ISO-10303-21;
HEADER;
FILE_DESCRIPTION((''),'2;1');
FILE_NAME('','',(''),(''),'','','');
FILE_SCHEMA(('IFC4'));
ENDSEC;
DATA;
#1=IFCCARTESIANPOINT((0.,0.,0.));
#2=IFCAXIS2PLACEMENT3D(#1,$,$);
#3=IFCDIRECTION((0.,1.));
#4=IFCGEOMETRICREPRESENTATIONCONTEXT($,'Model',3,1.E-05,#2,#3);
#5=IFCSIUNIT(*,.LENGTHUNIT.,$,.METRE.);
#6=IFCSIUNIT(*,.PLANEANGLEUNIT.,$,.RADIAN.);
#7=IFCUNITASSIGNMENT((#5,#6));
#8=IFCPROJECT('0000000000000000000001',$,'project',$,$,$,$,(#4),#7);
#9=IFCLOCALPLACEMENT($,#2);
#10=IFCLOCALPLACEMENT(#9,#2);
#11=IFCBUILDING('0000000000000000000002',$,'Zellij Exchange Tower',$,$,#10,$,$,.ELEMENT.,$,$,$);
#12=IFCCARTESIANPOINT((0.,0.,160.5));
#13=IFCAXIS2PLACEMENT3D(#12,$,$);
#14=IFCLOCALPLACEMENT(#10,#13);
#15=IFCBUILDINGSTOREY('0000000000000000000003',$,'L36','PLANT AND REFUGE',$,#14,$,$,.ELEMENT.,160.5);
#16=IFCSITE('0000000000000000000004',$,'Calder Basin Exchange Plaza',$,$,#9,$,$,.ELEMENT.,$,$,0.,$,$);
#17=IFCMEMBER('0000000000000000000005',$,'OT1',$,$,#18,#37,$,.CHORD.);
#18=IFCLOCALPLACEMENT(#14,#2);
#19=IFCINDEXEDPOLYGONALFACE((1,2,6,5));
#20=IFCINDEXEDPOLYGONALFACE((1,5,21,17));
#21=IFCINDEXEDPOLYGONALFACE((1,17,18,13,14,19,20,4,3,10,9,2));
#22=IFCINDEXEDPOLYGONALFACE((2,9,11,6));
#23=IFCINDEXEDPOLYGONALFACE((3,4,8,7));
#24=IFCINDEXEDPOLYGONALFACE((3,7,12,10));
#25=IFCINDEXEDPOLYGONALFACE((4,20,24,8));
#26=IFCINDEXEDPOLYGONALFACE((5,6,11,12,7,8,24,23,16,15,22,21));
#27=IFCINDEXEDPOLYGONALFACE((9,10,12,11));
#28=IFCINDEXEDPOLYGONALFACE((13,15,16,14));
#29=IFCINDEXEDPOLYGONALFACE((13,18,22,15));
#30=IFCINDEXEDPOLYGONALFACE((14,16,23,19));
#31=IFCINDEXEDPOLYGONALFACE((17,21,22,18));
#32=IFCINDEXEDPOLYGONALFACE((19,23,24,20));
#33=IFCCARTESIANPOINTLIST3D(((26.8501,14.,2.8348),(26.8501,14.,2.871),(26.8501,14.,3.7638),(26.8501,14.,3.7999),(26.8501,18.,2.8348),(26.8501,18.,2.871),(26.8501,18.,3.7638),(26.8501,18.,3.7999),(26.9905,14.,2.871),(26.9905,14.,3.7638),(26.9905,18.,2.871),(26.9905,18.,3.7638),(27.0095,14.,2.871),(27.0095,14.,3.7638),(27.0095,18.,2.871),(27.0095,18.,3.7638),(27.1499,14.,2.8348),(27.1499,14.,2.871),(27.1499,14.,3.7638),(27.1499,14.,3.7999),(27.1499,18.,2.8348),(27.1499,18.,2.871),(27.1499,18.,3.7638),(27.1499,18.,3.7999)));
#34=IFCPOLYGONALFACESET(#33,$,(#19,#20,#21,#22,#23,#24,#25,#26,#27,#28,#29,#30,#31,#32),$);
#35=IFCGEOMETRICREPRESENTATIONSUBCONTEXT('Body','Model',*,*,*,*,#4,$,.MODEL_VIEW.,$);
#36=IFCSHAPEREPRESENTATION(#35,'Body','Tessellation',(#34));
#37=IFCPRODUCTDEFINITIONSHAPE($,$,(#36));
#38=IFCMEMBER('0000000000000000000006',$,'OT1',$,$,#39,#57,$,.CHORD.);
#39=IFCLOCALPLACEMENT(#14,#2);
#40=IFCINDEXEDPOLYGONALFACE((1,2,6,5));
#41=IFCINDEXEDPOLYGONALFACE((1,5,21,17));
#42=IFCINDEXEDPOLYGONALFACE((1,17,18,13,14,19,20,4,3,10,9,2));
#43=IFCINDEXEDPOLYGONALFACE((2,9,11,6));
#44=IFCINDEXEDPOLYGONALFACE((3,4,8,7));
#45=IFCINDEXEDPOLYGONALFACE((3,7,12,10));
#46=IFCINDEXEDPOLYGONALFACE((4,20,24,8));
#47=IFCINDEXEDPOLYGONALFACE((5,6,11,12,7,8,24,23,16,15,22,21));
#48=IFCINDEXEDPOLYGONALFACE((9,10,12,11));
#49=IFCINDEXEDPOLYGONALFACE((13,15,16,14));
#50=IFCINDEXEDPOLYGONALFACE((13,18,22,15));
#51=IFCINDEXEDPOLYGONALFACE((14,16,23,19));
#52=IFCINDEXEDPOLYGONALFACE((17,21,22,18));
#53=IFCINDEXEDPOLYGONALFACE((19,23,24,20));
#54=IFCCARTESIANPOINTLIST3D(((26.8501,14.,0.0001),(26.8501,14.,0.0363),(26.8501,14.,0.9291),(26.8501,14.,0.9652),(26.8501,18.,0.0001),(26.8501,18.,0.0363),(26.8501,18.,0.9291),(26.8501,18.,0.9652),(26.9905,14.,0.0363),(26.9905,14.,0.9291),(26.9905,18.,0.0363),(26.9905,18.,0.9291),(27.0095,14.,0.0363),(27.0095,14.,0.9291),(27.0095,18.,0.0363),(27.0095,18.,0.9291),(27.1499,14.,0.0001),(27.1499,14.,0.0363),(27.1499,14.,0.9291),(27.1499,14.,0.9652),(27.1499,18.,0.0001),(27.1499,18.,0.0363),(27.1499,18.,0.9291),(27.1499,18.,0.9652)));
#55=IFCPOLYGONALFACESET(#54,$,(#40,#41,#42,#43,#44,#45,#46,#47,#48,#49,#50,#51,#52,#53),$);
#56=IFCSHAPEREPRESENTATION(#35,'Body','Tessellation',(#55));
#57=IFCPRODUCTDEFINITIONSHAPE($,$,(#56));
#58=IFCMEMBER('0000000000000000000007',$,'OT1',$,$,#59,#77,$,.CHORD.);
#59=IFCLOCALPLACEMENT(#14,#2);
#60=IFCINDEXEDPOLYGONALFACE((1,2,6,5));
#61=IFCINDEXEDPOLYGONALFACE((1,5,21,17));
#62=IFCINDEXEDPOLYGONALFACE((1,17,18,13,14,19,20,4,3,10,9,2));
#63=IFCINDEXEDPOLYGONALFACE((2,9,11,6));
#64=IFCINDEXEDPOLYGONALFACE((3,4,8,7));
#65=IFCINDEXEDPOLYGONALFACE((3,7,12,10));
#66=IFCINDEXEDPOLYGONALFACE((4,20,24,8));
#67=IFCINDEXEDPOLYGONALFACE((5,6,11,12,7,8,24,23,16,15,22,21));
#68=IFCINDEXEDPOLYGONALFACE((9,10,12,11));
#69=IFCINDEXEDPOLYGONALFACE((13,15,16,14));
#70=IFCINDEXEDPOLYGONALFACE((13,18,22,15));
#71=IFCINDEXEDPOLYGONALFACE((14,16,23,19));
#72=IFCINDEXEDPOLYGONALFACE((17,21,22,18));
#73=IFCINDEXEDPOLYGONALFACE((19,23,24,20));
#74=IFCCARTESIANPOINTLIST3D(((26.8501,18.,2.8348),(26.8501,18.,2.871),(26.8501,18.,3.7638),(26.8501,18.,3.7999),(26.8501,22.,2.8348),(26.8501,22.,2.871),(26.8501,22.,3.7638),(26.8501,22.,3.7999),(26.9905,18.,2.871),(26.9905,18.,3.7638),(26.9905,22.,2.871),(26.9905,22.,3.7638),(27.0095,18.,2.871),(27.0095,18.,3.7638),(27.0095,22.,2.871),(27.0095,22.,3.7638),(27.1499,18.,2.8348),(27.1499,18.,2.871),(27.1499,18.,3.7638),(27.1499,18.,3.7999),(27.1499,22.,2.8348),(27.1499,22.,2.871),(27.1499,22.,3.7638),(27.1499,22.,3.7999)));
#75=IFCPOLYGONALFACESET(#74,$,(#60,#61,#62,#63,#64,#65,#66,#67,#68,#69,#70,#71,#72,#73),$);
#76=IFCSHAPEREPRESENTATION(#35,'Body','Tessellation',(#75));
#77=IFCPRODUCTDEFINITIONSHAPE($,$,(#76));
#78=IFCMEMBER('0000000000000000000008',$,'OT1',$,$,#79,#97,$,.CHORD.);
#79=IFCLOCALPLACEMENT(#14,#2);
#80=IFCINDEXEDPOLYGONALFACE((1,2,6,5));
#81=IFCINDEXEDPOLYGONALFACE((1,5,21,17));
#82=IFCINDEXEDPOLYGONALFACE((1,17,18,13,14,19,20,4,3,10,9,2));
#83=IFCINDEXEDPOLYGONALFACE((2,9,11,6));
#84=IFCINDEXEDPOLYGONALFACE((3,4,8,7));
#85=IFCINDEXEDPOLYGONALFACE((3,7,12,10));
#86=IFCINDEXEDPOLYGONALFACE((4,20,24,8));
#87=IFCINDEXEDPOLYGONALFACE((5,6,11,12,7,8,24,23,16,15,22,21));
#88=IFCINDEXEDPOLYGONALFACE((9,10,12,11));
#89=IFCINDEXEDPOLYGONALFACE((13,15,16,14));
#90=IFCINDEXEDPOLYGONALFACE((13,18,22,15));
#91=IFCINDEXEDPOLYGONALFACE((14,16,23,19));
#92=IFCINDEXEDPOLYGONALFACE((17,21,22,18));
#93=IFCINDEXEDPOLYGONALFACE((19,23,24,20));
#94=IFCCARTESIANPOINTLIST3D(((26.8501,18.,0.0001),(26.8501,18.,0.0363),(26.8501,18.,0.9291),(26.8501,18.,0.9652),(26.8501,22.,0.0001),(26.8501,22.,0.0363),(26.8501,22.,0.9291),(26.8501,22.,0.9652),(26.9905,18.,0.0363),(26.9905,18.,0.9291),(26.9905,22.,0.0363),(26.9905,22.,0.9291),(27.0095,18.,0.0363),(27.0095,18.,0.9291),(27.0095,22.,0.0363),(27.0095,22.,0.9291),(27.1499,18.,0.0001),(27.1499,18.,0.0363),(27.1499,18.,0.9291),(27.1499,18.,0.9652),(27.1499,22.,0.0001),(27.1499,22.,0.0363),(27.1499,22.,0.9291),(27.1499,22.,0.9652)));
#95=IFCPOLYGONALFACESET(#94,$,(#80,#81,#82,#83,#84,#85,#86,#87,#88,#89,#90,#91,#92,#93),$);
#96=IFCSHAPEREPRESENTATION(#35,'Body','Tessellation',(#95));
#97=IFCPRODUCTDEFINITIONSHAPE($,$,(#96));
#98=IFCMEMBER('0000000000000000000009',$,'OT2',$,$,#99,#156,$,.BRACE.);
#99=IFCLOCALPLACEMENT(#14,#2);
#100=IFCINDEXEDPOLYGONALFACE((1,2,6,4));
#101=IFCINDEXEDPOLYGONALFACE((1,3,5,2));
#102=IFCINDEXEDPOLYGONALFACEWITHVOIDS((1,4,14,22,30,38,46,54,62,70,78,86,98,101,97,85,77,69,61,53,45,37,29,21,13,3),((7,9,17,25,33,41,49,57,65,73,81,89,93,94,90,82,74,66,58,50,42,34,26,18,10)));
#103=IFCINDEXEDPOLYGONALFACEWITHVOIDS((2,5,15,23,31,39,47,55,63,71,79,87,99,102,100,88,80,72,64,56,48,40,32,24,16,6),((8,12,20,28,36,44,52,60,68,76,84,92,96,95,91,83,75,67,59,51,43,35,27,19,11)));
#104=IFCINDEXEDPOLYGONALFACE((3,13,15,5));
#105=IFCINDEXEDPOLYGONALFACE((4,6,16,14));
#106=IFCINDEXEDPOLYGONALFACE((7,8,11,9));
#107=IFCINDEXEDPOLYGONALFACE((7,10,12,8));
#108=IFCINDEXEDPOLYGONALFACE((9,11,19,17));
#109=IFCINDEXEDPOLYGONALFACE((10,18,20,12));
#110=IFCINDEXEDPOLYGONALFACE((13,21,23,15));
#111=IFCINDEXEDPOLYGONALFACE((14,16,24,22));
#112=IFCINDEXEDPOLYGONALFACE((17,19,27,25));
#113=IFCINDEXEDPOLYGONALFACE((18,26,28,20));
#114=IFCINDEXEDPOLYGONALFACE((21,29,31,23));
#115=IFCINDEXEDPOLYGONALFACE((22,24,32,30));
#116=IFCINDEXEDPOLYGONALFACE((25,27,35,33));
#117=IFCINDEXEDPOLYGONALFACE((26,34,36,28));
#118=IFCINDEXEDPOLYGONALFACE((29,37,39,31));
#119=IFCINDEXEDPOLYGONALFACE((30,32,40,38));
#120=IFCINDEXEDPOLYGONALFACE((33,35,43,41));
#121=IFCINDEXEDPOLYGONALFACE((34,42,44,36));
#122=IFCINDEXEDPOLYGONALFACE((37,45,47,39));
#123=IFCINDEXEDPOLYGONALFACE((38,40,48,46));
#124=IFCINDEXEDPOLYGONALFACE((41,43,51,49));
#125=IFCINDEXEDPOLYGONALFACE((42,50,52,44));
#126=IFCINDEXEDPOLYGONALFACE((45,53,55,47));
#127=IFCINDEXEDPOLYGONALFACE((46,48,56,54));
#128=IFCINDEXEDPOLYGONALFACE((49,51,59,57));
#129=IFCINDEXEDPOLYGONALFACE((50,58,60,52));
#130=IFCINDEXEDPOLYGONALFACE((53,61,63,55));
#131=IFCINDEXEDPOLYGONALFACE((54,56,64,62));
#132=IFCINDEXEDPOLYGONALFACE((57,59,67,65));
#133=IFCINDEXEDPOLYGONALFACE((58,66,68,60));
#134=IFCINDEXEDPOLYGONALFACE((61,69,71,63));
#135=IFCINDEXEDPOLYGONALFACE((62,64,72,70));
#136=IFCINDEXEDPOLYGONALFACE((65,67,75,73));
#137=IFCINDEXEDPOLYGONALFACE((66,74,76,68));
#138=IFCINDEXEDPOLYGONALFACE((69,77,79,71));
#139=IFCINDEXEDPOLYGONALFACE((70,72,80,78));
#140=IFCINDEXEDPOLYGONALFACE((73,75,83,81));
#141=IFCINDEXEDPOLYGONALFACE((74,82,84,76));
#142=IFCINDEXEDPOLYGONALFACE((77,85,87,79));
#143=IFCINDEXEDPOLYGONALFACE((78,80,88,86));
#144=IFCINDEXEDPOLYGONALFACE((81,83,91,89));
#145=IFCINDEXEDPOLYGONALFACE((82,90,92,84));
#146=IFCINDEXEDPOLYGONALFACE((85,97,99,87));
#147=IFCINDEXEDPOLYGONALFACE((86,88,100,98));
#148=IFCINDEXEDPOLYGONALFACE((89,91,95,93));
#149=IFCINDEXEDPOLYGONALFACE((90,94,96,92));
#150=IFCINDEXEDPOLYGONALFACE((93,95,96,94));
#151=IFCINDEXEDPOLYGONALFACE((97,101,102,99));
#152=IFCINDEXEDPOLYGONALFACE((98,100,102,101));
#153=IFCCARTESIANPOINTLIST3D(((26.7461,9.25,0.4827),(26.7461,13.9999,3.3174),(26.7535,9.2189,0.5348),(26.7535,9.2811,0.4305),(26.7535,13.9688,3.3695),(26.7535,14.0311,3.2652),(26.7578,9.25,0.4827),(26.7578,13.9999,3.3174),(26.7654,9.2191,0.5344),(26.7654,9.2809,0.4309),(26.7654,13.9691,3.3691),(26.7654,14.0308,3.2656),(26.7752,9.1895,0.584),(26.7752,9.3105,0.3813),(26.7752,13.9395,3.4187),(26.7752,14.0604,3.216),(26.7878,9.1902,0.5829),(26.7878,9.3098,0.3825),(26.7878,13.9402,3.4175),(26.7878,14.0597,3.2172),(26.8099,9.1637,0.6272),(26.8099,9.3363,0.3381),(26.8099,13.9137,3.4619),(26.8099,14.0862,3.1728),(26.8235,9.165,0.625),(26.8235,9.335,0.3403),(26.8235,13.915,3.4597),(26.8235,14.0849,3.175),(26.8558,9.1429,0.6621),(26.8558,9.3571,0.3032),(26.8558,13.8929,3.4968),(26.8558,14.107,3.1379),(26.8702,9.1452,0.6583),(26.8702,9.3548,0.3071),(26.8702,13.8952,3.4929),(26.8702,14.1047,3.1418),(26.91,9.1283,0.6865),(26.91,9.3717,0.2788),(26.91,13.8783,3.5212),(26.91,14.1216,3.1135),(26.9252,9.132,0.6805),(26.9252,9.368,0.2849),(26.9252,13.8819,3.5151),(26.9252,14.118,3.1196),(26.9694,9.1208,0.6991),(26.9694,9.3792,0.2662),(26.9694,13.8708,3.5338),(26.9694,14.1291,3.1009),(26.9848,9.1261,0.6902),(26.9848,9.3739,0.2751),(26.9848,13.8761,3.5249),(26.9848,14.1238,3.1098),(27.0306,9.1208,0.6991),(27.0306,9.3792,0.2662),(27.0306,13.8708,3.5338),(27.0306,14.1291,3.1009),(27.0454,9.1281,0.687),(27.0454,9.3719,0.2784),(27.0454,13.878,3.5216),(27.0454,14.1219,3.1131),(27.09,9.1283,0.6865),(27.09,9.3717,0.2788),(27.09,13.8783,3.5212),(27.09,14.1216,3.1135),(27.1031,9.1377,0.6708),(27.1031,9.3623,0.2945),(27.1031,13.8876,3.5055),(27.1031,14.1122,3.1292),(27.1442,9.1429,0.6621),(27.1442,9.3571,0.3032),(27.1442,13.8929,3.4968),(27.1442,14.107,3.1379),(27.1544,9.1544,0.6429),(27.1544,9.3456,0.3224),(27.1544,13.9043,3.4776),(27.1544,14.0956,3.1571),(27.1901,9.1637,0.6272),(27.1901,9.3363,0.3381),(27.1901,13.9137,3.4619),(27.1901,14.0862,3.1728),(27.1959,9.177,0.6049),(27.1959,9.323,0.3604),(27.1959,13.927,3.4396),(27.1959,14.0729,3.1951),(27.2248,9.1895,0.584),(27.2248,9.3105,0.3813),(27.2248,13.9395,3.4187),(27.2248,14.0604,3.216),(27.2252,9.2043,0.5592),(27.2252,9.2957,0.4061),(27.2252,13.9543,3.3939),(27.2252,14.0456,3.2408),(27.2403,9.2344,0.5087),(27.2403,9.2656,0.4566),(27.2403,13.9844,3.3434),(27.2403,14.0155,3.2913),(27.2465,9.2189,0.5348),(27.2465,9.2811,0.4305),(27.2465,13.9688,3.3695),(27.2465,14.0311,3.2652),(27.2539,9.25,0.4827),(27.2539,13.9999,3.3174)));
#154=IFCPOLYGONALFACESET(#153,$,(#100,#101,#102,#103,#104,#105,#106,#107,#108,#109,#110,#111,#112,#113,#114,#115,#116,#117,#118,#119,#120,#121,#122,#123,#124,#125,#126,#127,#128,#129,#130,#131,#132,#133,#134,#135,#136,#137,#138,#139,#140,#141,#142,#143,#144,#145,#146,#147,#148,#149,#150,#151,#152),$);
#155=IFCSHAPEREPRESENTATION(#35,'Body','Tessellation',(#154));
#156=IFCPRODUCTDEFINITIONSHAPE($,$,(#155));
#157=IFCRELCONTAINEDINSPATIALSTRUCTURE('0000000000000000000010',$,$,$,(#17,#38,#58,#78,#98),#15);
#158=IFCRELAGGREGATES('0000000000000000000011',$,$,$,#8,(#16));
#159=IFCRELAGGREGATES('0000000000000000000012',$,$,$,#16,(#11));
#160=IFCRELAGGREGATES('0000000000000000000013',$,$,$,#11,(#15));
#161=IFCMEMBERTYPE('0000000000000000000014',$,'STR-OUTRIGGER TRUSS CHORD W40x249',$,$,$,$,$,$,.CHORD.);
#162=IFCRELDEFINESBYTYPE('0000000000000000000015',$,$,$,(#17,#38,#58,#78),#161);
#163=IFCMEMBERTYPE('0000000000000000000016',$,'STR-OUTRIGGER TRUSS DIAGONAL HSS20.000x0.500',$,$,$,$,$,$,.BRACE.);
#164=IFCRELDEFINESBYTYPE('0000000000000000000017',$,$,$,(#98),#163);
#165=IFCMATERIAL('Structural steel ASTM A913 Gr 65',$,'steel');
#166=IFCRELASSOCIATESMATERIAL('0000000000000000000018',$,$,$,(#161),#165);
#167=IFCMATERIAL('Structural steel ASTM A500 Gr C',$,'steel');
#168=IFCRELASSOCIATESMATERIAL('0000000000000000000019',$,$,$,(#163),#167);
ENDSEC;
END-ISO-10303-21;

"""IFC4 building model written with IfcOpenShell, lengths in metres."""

from ifc_helpers import new_model, si_unit, direction, frame, origin, origin_2d, place, context, subcontext, project, spatial, hollow_circle, i_section, extrude, material, material_profile, profile_set, type_object, element, save


model = new_model("IFC4")

# Units and contexts
model_context = context("Model", 3, precision=1e-05, world=origin(), true_north=direction((0.0, 1.0)))
body_context = subcontext(model_context, "Body", "Model", "MODEL_VIEW")
ifc_project = project(units=[si_unit("LENGTHUNIT", "METRE"), si_unit("PLANEANGLEUNIT", "RADIAN")], contexts=[model_context])

# Site, building, storey
site_placement = place(None, origin())
site = spatial("IfcSite", under=ifc_project, at=site_placement, Name="Calder Basin Exchange Plaza", CompositionType="ELEMENT", RefElevation=0.0)
building_placement = place(site_placement, origin())
building = spatial("IfcBuilding", under=site, at=building_placement, Name="Zellij Exchange Tower", CompositionType="ELEMENT")
storey_placement = place(building_placement, frame((0.0, 0.0, 160.5)))
storey = spatial("IfcBuildingStorey", under=building, at=storey_placement, Name="L36", Description="PLANT AND REFUGE", CompositionType="ELEMENT", Elevation=160.5)

# Shared definitions
ifc_material_1 = material(Name="Structural steel ASTM A913 Gr 65", Category="steel")

# Members
ifc_material_profile_1 = material_profile(ifc_material_1, i_section(OverallWidth=0.2998, OverallDepth=0.9651, WebThickness=0.019, FlangeThickness=0.0361, at=origin_2d()), Name="W40x249")
ifc_profile_set_1 = profile_set([ifc_material_profile_1], Name="Structural steel ASTM A913 Gr 65")
member_type_1 = type_object("IfcMemberType", Name="STR-OUTRIGGER TRUSS CHORD W40x249", PredefinedType="CHORD", material=ifc_profile_set_1)
for number, where, z_axis, x_axis, name in (
    (1, (27.0, 14.0, 3.3174), (0.0, 1.0, 0.0), (-1.0, 0.0, 0.0), "OT1"),
    (2, (27.0, 14.0, 0.4827), (0.0, 1.0, 0.0), (-1.0, 0.0, 0.0), "OT1"),
    (3, (27.0, 18.0, 3.3174), (0.0, 1.0, 0.0), (-1.0, 0.0, 0.0), "OT1"),
    (4, (27.0, 18.0, 0.4827), (0.0, 1.0, 0.0), (-1.0, 0.0, 0.0), "OT1"),
):
    element("IfcMember", number, at=place(storey_placement, frame(where, z_axis=z_axis, x_axis=x_axis)), inside=storey, type_object=member_type_1, Name=name, PredefinedType="CHORD", context=body_context, shape_type="SweptSolid", body=[
        extrude(i_section(OverallWidth=0.2998, OverallDepth=0.9651, WebThickness=0.019, FlangeThickness=0.0361, at=origin_2d()), origin(), (0.0, 0.0, 1.0), 4.0),
    ])
ifc_material_2 = material(Name="Structural steel ASTM A500 Gr C", Category="steel")
ifc_material_profile_2 = material_profile(ifc_material_2, hollow_circle(Radius=0.2539, WallThickness=0.0117, at=origin_2d()), Name="STR-OUTRIGGER TRUSS DIAGONAL HSS20.000x0.500")
ifc_profile_set_2 = profile_set([ifc_material_profile_2], Name="Structural steel ASTM A500 Gr C")
member_type_2 = type_object("IfcMemberType", Name="STR-OUTRIGGER TRUSS DIAGONAL HSS20.000x0.500", PredefinedType="BRACE", material=ifc_profile_set_2)
member_1_placement = place(storey_placement, frame((27.0, 9.25, 0.4827), z_axis=(0.0, 0.858709, 0.512463), x_axis=(-1.0, 0.0, 0.0)))
element("IfcMember", 5, at=member_1_placement, inside=storey, type_object=member_type_2, Name="OT2", PredefinedType="BRACE", context=body_context, shape_type="SweptSolid", body=[
    extrude(hollow_circle(Radius=0.2539, WallThickness=0.0117, at=origin_2d()), origin(), (0.0, 0.0, 1.0), 5.5315),
])

save(model, "model.ifc")
